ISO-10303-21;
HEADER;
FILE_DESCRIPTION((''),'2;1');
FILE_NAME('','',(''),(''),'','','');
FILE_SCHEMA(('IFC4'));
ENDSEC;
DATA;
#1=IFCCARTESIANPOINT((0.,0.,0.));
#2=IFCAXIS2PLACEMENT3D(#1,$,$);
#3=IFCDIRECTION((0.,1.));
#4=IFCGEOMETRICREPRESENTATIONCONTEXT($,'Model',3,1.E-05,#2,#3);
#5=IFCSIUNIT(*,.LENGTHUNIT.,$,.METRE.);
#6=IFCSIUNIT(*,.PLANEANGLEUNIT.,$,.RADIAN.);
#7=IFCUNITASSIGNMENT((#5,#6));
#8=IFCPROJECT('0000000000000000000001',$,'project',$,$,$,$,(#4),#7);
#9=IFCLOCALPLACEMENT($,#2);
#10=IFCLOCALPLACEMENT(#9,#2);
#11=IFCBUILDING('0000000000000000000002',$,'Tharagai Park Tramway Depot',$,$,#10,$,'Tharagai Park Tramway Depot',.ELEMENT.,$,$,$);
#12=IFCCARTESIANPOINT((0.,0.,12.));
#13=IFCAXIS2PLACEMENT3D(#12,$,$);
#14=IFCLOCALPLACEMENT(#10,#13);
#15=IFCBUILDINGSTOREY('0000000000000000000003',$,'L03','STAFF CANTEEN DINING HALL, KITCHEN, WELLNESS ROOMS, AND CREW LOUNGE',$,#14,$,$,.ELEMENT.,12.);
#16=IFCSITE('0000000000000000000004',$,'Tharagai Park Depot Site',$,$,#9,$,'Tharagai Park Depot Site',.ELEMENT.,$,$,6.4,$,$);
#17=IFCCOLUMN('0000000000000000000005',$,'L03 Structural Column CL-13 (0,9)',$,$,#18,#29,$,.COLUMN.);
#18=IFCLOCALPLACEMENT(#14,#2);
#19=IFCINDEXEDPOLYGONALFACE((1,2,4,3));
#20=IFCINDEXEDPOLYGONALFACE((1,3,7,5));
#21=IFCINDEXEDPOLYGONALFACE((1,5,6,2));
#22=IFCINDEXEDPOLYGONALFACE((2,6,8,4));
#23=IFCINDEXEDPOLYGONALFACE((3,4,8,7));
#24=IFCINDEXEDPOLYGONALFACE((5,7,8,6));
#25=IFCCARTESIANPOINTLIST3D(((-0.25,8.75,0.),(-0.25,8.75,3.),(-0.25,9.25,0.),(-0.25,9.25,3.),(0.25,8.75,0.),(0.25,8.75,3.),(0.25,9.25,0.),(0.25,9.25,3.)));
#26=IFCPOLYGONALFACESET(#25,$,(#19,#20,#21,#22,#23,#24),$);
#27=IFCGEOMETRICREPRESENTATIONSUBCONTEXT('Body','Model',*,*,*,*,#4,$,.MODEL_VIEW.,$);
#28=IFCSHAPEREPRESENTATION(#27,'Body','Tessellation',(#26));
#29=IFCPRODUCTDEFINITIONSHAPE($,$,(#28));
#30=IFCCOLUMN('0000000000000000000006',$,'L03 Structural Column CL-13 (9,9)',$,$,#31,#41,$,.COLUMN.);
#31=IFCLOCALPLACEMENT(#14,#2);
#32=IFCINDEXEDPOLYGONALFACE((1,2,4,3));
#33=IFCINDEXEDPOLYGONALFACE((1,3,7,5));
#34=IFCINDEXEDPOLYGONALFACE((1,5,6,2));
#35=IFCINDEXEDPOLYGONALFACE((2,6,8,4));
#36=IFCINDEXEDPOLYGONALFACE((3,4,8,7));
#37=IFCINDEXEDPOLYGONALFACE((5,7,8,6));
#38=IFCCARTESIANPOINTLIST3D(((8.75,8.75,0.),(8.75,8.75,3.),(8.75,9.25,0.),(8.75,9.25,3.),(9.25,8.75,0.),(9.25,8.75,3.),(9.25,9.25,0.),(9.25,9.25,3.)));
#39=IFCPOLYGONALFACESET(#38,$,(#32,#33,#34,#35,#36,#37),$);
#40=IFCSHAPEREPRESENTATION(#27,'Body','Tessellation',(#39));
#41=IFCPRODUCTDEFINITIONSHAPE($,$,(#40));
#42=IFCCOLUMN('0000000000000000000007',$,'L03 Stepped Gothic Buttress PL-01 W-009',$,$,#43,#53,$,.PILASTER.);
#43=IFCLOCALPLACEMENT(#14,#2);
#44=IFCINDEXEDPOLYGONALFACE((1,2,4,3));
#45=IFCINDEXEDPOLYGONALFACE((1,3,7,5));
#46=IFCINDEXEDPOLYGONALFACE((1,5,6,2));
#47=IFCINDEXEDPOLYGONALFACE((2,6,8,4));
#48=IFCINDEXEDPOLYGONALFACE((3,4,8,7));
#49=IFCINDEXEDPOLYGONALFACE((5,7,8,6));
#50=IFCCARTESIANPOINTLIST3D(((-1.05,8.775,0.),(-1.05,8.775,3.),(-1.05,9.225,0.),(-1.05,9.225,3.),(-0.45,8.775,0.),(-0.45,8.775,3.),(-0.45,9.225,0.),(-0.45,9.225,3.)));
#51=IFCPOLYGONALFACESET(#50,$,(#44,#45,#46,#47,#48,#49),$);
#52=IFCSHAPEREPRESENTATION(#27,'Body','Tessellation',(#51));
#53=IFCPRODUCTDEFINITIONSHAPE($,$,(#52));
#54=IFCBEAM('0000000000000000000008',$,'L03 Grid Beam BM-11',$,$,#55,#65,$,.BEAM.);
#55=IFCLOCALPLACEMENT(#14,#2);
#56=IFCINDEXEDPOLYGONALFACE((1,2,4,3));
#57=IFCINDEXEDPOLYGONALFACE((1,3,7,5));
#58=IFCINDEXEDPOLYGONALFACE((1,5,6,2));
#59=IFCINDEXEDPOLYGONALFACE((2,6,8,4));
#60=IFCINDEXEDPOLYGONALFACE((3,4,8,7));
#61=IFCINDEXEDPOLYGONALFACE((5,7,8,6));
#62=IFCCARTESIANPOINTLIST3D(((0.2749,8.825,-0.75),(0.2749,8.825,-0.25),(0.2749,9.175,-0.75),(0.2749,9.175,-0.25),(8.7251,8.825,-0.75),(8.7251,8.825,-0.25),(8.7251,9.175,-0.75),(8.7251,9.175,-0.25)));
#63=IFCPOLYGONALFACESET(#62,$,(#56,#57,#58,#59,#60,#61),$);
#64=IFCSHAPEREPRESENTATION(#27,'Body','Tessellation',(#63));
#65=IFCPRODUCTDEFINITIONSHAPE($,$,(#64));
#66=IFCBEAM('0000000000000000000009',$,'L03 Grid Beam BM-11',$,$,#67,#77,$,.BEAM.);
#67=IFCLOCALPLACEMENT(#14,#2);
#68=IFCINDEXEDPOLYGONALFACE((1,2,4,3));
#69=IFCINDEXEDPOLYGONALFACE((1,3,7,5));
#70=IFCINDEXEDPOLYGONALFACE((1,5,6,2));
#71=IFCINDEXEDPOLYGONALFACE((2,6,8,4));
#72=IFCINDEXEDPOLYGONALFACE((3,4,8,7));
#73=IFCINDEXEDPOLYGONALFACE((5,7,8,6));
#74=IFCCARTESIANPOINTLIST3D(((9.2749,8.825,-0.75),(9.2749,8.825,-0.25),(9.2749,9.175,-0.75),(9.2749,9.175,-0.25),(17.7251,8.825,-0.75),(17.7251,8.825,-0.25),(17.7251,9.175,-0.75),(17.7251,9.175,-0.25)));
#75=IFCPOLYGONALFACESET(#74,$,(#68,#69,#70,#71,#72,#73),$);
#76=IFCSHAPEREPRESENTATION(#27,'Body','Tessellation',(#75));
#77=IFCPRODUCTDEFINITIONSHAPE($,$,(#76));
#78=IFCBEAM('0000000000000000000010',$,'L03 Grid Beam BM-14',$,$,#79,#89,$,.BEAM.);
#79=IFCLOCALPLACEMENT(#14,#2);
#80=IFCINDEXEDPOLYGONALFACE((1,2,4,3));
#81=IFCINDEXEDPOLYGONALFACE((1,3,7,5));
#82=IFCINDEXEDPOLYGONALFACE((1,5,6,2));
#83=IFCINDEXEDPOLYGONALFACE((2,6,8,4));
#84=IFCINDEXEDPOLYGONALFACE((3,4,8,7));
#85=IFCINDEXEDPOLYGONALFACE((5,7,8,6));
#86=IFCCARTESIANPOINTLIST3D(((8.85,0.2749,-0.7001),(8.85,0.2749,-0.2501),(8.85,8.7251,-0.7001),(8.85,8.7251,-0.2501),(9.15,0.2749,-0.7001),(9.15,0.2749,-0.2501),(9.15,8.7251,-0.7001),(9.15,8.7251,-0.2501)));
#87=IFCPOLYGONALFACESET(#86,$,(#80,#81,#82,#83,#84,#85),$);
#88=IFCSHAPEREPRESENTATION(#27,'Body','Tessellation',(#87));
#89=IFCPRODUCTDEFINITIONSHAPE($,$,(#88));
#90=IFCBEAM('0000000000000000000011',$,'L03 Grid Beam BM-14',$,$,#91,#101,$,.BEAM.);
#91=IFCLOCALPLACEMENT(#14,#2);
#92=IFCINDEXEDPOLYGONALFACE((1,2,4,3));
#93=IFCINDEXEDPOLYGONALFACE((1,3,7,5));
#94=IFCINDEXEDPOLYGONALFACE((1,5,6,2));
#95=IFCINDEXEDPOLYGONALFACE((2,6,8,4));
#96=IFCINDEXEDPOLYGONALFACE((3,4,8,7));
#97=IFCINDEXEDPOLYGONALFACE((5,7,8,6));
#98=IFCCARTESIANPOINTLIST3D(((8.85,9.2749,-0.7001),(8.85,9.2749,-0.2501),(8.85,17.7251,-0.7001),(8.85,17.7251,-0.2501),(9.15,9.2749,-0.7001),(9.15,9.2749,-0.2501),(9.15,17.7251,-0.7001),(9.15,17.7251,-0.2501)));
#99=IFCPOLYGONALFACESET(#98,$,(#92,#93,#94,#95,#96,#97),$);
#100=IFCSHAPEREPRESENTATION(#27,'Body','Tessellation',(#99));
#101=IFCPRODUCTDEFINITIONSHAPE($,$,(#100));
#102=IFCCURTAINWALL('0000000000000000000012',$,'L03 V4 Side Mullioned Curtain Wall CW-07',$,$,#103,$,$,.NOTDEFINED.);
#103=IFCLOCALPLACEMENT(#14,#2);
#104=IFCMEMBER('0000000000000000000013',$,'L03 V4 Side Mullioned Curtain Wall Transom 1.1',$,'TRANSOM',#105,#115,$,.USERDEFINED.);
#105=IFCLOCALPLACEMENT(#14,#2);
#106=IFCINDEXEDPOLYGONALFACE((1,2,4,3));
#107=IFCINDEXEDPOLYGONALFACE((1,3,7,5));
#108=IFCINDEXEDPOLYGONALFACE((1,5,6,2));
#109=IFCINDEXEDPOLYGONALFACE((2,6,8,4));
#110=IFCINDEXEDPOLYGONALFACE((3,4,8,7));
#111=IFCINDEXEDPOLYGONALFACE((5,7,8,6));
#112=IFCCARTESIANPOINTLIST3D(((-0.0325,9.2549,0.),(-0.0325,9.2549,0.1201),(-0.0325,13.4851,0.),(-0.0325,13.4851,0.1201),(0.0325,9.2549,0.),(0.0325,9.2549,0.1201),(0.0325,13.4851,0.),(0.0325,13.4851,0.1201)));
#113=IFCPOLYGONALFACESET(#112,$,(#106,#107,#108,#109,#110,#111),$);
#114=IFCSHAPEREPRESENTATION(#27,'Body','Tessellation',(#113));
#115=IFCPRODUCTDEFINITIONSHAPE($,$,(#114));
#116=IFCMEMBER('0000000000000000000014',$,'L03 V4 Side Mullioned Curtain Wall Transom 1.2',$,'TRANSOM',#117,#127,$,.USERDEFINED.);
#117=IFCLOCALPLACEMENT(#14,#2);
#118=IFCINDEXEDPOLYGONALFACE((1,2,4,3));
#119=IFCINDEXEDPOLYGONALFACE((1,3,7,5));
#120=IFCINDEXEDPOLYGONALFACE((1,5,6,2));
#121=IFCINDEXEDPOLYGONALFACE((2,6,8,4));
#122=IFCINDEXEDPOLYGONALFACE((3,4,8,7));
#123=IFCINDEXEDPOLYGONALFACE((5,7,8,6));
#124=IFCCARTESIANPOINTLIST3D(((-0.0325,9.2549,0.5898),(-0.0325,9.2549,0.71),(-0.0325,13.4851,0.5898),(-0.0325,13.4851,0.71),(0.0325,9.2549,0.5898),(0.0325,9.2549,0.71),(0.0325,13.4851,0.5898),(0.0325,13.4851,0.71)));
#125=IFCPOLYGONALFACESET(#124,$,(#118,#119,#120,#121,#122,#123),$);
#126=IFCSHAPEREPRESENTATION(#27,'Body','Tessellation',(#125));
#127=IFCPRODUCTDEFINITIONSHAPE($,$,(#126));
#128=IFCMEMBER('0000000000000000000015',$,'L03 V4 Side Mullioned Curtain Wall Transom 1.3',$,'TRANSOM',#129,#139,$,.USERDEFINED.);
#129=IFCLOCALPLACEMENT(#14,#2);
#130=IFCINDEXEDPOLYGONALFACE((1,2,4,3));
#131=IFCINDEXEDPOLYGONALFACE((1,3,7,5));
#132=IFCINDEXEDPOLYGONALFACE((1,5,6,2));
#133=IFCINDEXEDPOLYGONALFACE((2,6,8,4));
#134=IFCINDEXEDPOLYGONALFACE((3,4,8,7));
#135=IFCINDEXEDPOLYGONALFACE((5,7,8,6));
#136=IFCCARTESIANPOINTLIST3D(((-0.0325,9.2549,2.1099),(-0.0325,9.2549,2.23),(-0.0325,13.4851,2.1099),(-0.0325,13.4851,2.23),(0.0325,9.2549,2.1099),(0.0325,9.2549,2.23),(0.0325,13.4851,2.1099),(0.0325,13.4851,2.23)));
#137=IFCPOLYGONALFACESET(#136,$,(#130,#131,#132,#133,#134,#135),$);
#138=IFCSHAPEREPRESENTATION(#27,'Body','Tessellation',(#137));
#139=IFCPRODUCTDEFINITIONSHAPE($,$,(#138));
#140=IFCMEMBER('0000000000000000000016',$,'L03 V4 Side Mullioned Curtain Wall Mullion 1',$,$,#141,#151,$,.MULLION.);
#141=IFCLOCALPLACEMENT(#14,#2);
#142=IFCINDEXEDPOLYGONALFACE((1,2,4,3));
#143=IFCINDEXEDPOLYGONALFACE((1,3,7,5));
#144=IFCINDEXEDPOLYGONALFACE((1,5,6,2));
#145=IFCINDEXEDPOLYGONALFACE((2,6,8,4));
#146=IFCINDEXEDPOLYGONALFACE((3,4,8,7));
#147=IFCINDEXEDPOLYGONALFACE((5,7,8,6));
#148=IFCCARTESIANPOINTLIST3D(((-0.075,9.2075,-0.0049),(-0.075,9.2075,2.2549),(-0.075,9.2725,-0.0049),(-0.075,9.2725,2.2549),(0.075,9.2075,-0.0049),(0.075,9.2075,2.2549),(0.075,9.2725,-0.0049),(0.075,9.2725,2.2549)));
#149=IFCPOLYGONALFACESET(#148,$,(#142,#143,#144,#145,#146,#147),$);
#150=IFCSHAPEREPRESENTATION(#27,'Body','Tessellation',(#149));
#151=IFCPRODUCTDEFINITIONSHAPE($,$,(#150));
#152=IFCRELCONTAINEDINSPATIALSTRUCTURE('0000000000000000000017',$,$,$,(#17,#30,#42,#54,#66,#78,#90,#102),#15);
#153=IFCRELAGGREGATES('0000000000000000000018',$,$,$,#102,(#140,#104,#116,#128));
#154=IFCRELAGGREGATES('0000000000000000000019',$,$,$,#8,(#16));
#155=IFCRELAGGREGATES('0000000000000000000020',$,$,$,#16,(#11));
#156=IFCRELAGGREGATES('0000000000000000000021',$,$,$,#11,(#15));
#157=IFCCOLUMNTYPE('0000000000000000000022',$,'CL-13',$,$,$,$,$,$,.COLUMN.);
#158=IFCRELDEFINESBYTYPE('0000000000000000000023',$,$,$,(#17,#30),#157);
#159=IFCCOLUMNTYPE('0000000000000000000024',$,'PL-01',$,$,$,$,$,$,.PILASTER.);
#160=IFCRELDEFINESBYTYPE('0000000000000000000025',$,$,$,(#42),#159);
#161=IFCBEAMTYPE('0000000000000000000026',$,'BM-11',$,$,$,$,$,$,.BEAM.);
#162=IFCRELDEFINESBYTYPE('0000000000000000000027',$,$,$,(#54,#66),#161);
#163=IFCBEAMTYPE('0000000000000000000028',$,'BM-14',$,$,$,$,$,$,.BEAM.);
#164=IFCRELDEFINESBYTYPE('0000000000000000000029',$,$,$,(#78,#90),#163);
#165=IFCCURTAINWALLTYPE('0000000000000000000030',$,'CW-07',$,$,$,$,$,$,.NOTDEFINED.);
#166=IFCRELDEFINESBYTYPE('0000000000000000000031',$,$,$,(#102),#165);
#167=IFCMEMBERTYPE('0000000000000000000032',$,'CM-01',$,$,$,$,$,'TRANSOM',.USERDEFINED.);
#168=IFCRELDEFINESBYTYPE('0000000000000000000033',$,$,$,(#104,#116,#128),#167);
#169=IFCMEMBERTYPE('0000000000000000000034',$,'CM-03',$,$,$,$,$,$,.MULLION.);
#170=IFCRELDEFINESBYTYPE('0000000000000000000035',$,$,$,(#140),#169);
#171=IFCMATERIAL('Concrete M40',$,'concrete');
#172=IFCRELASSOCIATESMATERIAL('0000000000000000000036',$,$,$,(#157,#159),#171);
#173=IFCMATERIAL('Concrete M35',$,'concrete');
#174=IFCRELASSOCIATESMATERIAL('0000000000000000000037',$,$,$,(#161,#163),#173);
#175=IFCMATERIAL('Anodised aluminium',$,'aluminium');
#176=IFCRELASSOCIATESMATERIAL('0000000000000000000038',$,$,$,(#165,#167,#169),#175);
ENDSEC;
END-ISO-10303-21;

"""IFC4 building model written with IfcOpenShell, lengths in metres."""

from ifc_helpers import new_model, si_unit, direction, frame, origin, origin_2d, place, context, subcontext, project, spatial, rectangle, extrude, material, material_profile, profile_set, type_object, element, aggregate, save


model = new_model("IFC4")

# Units and contexts
model_context = context("Model", 3, precision=1e-05, world=origin(), true_north=direction((0.0, 1.0)))
body_context = subcontext(model_context, "Body", "Model", "MODEL_VIEW")
ifc_project = project(units=[si_unit("LENGTHUNIT", "METRE"), si_unit("PLANEANGLEUNIT", "RADIAN")], contexts=[model_context])

# Site, building, storey
site_placement = place(None, origin())
site = spatial("IfcSite", under=ifc_project, at=site_placement, Name="Tharagai Park Depot Site", LongName="Tharagai Park Depot Site", CompositionType="ELEMENT", RefElevation=6.4)
building_placement = place(site_placement, origin())
building = spatial("IfcBuilding", under=site, at=building_placement, Name="Tharagai Park Tramway Depot", LongName="Tharagai Park Tramway Depot", CompositionType="ELEMENT")
storey_placement = place(building_placement, frame((0.0, 0.0, 12.0)))
storey = spatial("IfcBuildingStorey", under=building, at=storey_placement, Name="L03", Description="STAFF CANTEEN DINING HALL, KITCHEN, WELLNESS ROOMS, AND CREW LOUNGE", CompositionType="ELEMENT", Elevation=12.0)

# Columns
ifc_material_1 = material(Name="Concrete M40", Category="concrete")
ifc_material_profile_1 = material_profile(ifc_material_1, rectangle(XDim=0.5, YDim=0.5, at=origin_2d()), Name="RC 500x500")
ifc_profile_set_1 = profile_set([ifc_material_profile_1], Name="Concrete M40")
column_type_1 = type_object("IfcColumnType", Name="CL-13", PredefinedType="COLUMN", material=ifc_profile_set_1)
for number, where, z_axis, x_axis, name in (
    (1, (0.0, 9.0, 0.0), (0.0, 0.0, 1.0), (1.0, 0.0, 0.0), "L03 Structural Column CL-13 (0,9)"),
    (2, (9.0, 9.0, 0.0), (0.0, 0.0, 1.0), (1.0, 0.0, 0.0), "L03 Structural Column CL-13 (9,9)"),
):
    element("IfcColumn", number, at=place(storey_placement, frame(where, z_axis=z_axis, x_axis=x_axis)), inside=storey, type_object=column_type_1, Name=name, PredefinedType="COLUMN", context=body_context, shape_type="SweptSolid", body=[
        extrude(rectangle(XDim=0.5, YDim=0.5, at=origin_2d()), origin(), (0.0, 0.0, 1.0), 3.0),
    ])
ifc_material_profile_2 = material_profile(ifc_material_1, rectangle(XDim=0.45, YDim=0.6001, at=origin_2d()), Name="RC 450x600")
ifc_profile_set_2 = profile_set([ifc_material_profile_2], Name="Concrete M40")
column_type_2 = type_object("IfcColumnType", Name="PL-01", PredefinedType="PILASTER", material=ifc_profile_set_2)
column_placement = place(storey_placement, frame((-0.75, 9.0, 0.0), z_axis=(0.0, 0.0, 1.0), x_axis=(0.0, 1.0, 0.0)))
element("IfcColumn", 3, at=column_placement, inside=storey, type_object=column_type_2, Name="L03 Stepped Gothic Buttress PL-01 W-009", PredefinedType="PILASTER", context=body_context, shape_type="SweptSolid", body=[
    extrude(rectangle(XDim=0.45, YDim=0.6001, at=origin_2d()), origin(), (0.0, 0.0, 1.0), 3.0),
])

# Beams
ifc_material_2 = material(Name="Concrete M35", Category="concrete")
ifc_material_profile_3 = material_profile(ifc_material_2, rectangle(XDim=0.3501, YDim=0.5, at=origin_2d()), Name="RC 350x500")
ifc_profile_set_3 = profile_set([ifc_material_profile_3], Name="Concrete M35")
beam_type_1 = type_object("IfcBeamType", Name="BM-11", PredefinedType="BEAM", material=ifc_profile_set_3)
for number, where, z_axis, x_axis, name in (
    (4, (0.2749, 9.0, -0.5), (1.0, 0.0, 0.0), (0.0, 1.0, 0.0), "L03 Grid Beam BM-11"),
    (5, (9.2749, 9.0, -0.5), (1.0, 0.0, 0.0), (0.0, 1.0, 0.0), "L03 Grid Beam BM-11"),
):
    element("IfcBeam", number, at=place(storey_placement, frame(where, z_axis=z_axis, x_axis=x_axis)), inside=storey, type_object=beam_type_1, Name=name, PredefinedType="BEAM", context=body_context, shape_type="SweptSolid", body=[
        extrude(rectangle(XDim=0.3501, YDim=0.5, at=origin_2d()), origin(), (0.0, 0.0, 1.0), 8.4502),
    ])
ifc_material_profile_4 = material_profile(ifc_material_2, rectangle(XDim=0.3, YDim=0.45, at=origin_2d()), Name="RC 300x450")
ifc_profile_set_4 = profile_set([ifc_material_profile_4], Name="Concrete M35")
beam_type_2 = type_object("IfcBeamType", Name="BM-14", PredefinedType="BEAM", material=ifc_profile_set_4)
for number, where, z_axis, x_axis, name in (
    (6, (9.0, 0.2749, -0.4751), (0.0, 1.0, 0.0), (-1.0, 0.0, 0.0), "L03 Grid Beam BM-14"),
    (7, (9.0, 9.2749, -0.4751), (0.0, 1.0, 0.0), (-1.0, 0.0, 0.0), "L03 Grid Beam BM-14"),
):
    element("IfcBeam", number, at=place(storey_placement, frame(where, z_axis=z_axis, x_axis=x_axis)), inside=storey, type_object=beam_type_2, Name=name, PredefinedType="BEAM", context=body_context, shape_type="SweptSolid", body=[
        extrude(rectangle(XDim=0.3, YDim=0.45, at=origin_2d()), origin(), (0.0, 0.0, 1.0), 8.4502),
    ])

# Curtain wall, members
ifc_material_3 = material(Name="Anodised aluminium", Category="aluminium")
curtain_wall_type = type_object("IfcCurtainWallType", Name="CW-07", PredefinedType="NOTDEFINED", material=ifc_material_3)
curtain_wall_placement = place(storey_placement, origin())
curtain_wall = element("IfcCurtainWall", 8, at=curtain_wall_placement, inside=storey, type_object=curtain_wall_type, Name="L03 V4 Side Mullioned Curtain Wall CW-07", PredefinedType="NOTDEFINED")
ifc_material_profile_5 = material_profile(ifc_material_3, rectangle(XDim=0.0649, YDim=0.1201, at=origin_2d()), Name="ALU 65x120")
ifc_profile_set_5 = profile_set([ifc_material_profile_5], Name="Anodised aluminium")
member_type_1 = type_object("IfcMemberType", Name="CM-01", ElementType="TRANSOM", PredefinedType="USERDEFINED", material=ifc_profile_set_5)
member_1_placement = place(storey_placement, frame((0.0, 9.2549, 0.0601), z_axis=(0.0, 1.0, 0.0), x_axis=(-1.0, 0.0, 0.0)))
member_1 = element("IfcMember", 9, at=member_1_placement, type_object=member_type_1, Name="L03 V4 Side Mullioned Curtain Wall Transom 1.1", ObjectType="TRANSOM", PredefinedType="USERDEFINED", context=body_context, shape_type="SweptSolid", body=[
    extrude(rectangle(XDim=0.0649, YDim=0.1201, at=origin_2d()), origin(), (0.0, 0.0, 1.0), 4.2302),
])
member_2_placement = place(storey_placement, frame((0.0, 9.2549, 0.6499), z_axis=(0.0, 1.0, 0.0), x_axis=(-1.0, 0.0, 0.0)))
member_2 = element("IfcMember", 10, at=member_2_placement, type_object=member_type_1, Name="L03 V4 Side Mullioned Curtain Wall Transom 1.2", ObjectType="TRANSOM", PredefinedType="USERDEFINED", context=body_context, shape_type="SweptSolid", body=[
    extrude(rectangle(XDim=0.0649, YDim=0.1201, at=origin_2d()), origin(), (0.0, 0.0, 1.0), 4.2302),
])
member_3_placement = place(storey_placement, frame((0.0, 9.2549, 2.1699), z_axis=(0.0, 1.0, 0.0), x_axis=(-1.0, 0.0, 0.0)))
member_3 = element("IfcMember", 11, at=member_3_placement, type_object=member_type_1, Name="L03 V4 Side Mullioned Curtain Wall Transom 1.3", ObjectType="TRANSOM", PredefinedType="USERDEFINED", context=body_context, shape_type="SweptSolid", body=[
    extrude(rectangle(XDim=0.0649, YDim=0.1201, at=origin_2d()), origin(), (0.0, 0.0, 1.0), 4.2302),
])
ifc_material_profile_6 = material_profile(ifc_material_3, rectangle(XDim=0.0649, YDim=0.1499, at=origin_2d()), Name="ALU 65x150")
ifc_profile_set_6 = profile_set([ifc_material_profile_6], Name="Anodised aluminium")
member_type_2 = type_object("IfcMemberType", Name="CM-03", PredefinedType="MULLION", material=ifc_profile_set_6)
member_4_placement = place(storey_placement, frame((0.0, 9.24, -0.0049), z_axis=(0.0, 0.0, 1.0), x_axis=(0.0, 1.0, 0.0)))
member_4 = element("IfcMember", 12, at=member_4_placement, type_object=member_type_2, Name="L03 V4 Side Mullioned Curtain Wall Mullion 1", PredefinedType="MULLION", context=body_context, shape_type="SweptSolid", body=[
    extrude(rectangle(XDim=0.0649, YDim=0.1499, at=origin_2d()), origin(), (0.0, 0.0, 1.0), 2.2598),
])

aggregate(curtain_wall, [member_4, member_1, member_2, member_3])

save(model, "model.ifc")
